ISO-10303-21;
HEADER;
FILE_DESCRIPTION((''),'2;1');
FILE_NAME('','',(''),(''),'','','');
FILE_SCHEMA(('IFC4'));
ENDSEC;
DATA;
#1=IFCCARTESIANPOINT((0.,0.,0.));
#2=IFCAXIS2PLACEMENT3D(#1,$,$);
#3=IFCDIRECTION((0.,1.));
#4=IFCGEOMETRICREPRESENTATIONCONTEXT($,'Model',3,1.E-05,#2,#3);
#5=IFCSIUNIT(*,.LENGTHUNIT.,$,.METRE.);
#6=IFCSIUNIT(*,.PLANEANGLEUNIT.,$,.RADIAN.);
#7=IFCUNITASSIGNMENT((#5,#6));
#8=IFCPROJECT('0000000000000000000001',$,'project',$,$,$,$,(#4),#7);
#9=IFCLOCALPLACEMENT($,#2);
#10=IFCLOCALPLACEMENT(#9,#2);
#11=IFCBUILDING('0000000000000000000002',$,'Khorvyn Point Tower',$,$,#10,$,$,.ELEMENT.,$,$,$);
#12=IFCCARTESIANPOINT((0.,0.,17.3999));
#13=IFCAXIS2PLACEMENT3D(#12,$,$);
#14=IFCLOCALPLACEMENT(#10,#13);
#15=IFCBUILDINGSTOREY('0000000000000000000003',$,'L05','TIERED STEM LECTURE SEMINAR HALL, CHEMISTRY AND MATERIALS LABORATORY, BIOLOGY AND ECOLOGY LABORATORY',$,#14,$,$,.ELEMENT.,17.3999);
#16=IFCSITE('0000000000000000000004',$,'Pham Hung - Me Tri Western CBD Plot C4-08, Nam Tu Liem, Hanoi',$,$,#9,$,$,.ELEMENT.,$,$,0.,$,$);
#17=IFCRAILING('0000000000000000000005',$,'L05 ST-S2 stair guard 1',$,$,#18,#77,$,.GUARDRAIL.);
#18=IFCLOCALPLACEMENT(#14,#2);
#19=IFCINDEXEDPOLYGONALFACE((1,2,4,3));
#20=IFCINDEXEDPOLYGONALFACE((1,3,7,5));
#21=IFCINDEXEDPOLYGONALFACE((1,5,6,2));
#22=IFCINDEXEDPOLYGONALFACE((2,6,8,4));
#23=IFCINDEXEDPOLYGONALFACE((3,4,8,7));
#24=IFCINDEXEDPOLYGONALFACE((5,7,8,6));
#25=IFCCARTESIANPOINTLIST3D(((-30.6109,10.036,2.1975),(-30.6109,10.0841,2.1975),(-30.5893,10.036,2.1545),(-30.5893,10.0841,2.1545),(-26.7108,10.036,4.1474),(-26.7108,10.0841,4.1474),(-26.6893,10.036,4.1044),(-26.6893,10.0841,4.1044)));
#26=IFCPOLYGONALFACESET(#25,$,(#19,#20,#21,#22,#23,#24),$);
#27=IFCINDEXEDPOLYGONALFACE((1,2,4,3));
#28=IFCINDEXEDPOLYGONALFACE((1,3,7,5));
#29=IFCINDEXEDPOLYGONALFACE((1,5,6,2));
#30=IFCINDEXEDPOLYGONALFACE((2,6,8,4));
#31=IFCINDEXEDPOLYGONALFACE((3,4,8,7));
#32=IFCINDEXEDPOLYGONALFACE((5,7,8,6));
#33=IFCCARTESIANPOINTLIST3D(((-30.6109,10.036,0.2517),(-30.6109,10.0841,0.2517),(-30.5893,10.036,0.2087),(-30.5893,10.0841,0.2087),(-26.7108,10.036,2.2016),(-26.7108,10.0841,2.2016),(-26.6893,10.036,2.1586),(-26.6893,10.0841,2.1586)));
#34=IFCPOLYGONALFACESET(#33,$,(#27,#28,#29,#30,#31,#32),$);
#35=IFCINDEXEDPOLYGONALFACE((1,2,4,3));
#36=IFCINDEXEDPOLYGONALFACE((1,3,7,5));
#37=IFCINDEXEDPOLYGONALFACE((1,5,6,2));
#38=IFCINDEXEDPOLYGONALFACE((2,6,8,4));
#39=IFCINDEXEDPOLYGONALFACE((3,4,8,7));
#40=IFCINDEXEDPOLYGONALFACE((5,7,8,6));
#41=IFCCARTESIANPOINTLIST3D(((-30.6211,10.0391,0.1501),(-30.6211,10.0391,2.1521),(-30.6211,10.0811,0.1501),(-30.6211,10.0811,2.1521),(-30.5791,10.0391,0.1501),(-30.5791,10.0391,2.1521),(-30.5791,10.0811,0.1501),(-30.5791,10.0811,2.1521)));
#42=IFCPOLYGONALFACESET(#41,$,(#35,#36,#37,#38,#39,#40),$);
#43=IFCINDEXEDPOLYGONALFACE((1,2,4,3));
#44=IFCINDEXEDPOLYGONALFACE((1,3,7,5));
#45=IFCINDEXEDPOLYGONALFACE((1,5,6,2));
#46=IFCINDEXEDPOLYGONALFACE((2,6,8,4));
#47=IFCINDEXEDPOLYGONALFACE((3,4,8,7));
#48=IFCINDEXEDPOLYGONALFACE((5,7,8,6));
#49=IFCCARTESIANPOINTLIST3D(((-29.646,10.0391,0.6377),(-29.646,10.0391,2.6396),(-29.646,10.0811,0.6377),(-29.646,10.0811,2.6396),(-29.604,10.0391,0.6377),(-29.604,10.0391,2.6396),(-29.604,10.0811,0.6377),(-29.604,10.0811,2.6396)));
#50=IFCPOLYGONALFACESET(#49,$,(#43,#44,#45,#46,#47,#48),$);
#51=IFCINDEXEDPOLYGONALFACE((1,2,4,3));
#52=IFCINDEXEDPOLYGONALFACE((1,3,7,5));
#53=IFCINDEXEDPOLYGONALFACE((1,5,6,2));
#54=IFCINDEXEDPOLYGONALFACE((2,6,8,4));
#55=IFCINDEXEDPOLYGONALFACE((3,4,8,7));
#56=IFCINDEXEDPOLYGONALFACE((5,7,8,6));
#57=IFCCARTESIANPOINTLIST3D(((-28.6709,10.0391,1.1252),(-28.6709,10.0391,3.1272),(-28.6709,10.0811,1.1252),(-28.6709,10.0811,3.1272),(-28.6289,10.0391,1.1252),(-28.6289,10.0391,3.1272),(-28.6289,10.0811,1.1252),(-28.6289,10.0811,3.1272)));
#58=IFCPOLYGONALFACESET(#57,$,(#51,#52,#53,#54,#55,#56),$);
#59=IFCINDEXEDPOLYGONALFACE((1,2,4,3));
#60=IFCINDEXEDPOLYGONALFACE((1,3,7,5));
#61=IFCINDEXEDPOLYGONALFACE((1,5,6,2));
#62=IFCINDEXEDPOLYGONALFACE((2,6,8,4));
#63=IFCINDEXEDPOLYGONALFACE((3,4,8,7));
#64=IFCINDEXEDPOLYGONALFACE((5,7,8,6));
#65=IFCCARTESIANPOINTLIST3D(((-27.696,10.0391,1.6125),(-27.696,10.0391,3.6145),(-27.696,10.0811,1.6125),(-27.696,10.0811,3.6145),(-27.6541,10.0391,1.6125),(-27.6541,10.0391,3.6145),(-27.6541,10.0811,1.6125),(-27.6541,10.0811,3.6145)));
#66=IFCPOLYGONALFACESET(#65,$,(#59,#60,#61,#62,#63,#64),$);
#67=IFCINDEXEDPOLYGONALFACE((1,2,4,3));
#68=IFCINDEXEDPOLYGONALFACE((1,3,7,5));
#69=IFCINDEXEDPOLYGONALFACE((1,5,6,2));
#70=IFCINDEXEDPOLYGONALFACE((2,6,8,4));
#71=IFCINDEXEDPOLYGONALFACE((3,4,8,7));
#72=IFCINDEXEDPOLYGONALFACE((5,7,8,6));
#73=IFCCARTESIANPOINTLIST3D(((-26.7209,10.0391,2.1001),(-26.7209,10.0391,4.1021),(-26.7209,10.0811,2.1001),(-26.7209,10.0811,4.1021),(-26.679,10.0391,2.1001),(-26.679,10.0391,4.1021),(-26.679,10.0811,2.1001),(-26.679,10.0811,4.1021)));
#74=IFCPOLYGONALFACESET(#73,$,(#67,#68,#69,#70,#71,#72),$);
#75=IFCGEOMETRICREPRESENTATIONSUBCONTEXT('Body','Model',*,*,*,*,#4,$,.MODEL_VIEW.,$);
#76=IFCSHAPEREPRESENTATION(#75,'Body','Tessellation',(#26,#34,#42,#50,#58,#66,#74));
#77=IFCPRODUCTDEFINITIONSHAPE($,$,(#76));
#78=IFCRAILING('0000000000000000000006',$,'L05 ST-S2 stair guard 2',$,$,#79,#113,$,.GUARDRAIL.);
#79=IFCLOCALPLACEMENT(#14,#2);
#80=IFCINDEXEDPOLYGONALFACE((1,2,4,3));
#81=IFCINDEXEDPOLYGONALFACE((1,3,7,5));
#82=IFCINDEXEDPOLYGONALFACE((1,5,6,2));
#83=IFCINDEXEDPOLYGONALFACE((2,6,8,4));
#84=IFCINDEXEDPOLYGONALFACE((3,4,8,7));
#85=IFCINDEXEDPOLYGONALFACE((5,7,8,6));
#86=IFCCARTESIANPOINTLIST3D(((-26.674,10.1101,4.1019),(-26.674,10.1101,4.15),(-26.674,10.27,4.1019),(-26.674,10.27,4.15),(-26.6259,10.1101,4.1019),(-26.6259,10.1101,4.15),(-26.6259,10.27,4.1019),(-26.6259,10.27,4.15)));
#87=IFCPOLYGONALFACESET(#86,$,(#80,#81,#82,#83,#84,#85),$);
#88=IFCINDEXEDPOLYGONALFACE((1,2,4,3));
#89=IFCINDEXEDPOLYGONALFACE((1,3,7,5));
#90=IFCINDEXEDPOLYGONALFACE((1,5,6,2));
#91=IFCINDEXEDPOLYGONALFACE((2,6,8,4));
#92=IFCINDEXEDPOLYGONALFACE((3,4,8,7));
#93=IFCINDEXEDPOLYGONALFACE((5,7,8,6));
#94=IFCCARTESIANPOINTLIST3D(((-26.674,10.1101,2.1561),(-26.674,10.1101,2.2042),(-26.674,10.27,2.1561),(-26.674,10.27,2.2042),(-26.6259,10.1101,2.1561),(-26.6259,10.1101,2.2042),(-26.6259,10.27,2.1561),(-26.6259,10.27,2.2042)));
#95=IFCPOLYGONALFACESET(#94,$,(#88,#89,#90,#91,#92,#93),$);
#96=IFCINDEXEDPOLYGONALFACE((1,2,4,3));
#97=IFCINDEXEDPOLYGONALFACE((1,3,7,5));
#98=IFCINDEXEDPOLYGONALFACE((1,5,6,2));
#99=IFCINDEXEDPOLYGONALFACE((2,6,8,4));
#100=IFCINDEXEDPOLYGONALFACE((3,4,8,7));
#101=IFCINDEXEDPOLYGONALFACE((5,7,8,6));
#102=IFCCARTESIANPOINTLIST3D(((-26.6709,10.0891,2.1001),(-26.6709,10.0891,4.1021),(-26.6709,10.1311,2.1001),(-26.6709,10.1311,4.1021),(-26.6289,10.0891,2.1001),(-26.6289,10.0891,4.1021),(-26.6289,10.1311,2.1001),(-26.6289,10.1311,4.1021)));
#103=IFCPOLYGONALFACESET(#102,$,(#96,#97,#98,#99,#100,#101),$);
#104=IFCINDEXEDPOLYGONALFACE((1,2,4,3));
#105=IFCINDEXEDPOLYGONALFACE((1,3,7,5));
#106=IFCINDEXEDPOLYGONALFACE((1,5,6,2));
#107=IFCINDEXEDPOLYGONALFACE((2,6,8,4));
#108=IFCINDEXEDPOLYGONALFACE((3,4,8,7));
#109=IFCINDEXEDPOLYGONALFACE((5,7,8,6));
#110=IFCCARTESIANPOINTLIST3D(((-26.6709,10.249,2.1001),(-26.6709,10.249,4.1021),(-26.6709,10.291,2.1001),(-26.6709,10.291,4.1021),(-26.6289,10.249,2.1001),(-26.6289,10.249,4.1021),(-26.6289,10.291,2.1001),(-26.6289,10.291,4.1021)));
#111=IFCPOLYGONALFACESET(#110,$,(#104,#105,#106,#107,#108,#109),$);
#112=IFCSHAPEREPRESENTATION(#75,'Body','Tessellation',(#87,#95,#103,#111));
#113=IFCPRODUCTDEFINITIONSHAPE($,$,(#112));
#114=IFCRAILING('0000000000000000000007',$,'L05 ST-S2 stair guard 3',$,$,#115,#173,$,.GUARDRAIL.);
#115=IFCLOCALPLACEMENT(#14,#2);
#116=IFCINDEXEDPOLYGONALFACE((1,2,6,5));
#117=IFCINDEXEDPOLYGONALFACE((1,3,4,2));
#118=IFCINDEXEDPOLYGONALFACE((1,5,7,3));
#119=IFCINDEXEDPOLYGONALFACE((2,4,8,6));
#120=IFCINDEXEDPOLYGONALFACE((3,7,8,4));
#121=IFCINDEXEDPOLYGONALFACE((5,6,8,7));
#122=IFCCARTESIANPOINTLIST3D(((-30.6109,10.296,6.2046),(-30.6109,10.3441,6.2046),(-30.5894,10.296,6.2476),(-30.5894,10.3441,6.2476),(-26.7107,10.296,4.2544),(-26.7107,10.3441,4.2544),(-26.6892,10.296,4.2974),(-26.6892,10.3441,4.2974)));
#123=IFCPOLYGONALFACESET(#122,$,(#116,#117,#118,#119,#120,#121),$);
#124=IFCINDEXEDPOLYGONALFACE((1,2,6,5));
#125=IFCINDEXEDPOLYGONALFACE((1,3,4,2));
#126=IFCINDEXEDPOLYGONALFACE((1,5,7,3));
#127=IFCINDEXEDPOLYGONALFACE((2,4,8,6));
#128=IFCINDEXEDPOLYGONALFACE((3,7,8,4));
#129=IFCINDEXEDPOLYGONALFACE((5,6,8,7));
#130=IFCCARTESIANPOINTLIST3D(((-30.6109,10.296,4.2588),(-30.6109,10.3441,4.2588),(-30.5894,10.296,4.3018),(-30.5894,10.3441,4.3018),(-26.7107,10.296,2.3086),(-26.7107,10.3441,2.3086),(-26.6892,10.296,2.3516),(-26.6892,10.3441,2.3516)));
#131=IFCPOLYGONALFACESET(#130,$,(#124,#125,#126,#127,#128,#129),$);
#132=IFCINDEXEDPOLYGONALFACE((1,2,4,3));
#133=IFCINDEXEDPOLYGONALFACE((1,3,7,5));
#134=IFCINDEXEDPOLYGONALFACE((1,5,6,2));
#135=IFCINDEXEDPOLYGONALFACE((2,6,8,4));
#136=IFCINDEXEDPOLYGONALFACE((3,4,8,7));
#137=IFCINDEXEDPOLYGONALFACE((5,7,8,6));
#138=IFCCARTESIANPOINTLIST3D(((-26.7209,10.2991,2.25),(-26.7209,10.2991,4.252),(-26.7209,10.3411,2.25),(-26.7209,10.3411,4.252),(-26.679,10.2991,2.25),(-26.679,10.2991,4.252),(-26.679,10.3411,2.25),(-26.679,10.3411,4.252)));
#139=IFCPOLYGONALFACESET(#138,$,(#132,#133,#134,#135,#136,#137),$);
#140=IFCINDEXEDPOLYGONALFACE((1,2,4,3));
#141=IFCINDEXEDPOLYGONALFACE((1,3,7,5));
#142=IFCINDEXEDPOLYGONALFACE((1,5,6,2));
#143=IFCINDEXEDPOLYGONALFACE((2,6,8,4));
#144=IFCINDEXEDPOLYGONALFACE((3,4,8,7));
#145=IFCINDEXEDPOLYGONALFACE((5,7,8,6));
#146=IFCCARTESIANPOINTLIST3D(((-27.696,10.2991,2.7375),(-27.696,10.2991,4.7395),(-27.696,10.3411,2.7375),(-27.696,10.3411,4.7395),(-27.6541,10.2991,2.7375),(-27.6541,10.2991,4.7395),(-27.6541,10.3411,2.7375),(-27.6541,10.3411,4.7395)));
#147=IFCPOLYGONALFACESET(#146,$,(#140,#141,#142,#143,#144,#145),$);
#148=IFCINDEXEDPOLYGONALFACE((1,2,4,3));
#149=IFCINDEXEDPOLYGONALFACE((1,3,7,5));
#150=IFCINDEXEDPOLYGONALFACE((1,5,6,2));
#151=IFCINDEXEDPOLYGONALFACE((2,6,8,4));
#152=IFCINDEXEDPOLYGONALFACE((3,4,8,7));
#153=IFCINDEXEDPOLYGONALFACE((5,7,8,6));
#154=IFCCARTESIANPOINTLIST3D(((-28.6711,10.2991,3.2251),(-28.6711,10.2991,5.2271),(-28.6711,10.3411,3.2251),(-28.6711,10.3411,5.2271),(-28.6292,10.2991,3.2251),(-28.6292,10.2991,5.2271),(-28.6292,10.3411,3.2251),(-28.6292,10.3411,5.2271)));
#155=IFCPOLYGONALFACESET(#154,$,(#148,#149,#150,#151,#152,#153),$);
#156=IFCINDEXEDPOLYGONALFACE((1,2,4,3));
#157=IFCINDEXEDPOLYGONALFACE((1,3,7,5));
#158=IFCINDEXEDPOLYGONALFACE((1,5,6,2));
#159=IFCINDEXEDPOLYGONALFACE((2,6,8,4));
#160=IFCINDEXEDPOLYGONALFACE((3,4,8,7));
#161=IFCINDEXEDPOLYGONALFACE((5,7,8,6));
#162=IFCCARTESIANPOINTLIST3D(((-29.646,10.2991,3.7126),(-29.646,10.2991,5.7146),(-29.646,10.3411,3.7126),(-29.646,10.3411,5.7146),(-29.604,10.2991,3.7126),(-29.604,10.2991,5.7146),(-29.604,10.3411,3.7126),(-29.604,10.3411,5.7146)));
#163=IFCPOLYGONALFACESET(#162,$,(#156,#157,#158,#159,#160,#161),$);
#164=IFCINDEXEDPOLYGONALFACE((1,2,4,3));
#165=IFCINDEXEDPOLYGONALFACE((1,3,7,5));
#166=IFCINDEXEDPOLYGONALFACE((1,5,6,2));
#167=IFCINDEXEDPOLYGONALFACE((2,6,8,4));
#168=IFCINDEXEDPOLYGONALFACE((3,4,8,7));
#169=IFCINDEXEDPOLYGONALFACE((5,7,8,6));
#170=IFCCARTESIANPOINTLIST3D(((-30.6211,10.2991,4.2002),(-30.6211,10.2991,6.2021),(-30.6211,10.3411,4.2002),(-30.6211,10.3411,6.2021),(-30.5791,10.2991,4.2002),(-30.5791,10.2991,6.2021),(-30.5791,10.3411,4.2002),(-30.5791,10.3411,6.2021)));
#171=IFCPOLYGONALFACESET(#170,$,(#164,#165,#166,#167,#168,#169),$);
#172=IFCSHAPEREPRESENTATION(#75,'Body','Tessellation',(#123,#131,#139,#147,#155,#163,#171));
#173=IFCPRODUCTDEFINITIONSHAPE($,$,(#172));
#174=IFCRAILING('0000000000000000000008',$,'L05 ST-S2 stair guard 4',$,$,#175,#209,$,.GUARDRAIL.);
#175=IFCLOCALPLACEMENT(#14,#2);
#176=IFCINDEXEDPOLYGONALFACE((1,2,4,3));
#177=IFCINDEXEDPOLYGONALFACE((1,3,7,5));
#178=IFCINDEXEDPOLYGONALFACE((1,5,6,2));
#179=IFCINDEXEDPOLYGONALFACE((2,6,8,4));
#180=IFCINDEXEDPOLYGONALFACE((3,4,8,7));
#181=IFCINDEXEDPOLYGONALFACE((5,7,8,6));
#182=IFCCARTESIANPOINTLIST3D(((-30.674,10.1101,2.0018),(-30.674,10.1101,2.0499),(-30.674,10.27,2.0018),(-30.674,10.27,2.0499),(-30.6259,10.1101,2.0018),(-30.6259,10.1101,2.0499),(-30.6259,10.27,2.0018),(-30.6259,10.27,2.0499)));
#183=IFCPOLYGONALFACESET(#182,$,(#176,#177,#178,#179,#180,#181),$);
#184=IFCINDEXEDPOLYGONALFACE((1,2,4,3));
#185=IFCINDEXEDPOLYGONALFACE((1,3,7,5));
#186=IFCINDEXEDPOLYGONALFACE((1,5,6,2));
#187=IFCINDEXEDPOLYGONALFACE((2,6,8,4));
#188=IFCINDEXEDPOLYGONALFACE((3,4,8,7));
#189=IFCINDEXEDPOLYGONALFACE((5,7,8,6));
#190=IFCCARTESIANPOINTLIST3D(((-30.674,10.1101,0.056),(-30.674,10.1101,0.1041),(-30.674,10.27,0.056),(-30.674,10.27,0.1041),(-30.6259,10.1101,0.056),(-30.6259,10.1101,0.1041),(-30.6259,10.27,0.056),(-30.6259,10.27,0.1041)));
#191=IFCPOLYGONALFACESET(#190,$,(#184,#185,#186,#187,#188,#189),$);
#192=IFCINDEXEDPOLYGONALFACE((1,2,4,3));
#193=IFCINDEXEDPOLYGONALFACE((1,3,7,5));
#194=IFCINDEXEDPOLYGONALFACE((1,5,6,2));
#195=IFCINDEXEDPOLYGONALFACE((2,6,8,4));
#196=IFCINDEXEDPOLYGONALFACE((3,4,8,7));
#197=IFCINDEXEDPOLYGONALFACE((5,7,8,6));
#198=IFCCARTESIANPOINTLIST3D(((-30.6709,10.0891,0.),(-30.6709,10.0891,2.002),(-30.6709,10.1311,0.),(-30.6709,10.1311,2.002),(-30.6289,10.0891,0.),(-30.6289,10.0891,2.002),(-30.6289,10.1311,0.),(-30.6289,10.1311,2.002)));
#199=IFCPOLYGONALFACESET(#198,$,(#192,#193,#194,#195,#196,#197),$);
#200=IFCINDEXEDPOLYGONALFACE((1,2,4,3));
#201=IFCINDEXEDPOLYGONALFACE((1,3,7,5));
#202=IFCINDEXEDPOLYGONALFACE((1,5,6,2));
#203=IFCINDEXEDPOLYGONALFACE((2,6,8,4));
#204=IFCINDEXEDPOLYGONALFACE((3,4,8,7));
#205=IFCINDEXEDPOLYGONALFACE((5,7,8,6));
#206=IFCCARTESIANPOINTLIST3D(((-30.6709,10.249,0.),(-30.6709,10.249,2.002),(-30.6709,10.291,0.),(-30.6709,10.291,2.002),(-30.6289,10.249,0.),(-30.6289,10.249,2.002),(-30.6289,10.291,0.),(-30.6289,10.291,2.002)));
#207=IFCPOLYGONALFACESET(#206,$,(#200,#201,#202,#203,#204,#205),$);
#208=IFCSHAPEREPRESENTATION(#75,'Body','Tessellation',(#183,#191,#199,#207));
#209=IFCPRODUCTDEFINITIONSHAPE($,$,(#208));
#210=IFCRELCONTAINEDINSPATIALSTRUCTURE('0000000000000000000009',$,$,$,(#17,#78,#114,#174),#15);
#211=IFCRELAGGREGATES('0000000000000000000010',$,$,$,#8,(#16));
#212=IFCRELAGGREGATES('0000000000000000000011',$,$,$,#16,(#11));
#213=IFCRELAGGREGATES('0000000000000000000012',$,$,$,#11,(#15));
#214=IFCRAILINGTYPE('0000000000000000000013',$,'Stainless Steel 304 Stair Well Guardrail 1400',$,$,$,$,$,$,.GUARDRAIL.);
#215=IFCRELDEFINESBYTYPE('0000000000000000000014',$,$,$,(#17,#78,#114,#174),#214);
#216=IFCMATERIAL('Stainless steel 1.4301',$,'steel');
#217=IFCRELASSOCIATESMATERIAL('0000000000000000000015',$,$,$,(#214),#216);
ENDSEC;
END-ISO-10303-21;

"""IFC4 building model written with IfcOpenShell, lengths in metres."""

from ifc_helpers import new_model, si_unit, direction, frame, origin, origin_2d, place, context, subcontext, project, spatial, rectangle, extrude, material, type_object, element, save


model = new_model("IFC4")

# Units and contexts
model_context = context("Model", 3, precision=1e-05, world=origin(), true_north=direction((0.0, 1.0)))
body_context = subcontext(model_context, "Body", "Model", "MODEL_VIEW")
ifc_project = project(units=[si_unit("LENGTHUNIT", "METRE"), si_unit("PLANEANGLEUNIT", "RADIAN")], contexts=[model_context])

# Site, building, storey
site_placement = place(None, origin())
site = spatial("IfcSite", under=ifc_project, at=site_placement, Name="Pham Hung - Me Tri Western CBD Plot C4-08, Nam Tu Liem, Hanoi", CompositionType="ELEMENT", RefElevation=0.0)
building_placement = place(site_placement, origin())
building = spatial("IfcBuilding", under=site, at=building_placement, Name="Khorvyn Point Tower", CompositionType="ELEMENT")
storey_placement = place(building_placement, frame((0.0, 0.0, 17.3999)))
storey = spatial("IfcBuildingStorey", under=building, at=storey_placement, Name="L05", Description="TIERED STEM LECTURE SEMINAR HALL, CHEMISTRY AND MATERIALS LABORATORY, BIOLOGY AND ECOLOGY LABORATORY", CompositionType="ELEMENT", Elevation=17.3999)

# Railings
ifc_material_1 = material(Name="Stainless steel 1.4301", Category="steel")
railing_type_1 = type_object("IfcRailingType", Name="Stainless Steel 304 Stair Well Guardrail 1400", PredefinedType="GUARDRAIL", material=ifc_material_1)
railing_1_placement = place(storey_placement, frame((-30.6001, 10.0601, 0.1501)))
element("IfcRailing", 1, at=railing_1_placement, inside=storey, type_object=railing_type_1, Name="L05 ST-S2 stair guard 1", PredefinedType="GUARDRAIL", context=body_context, shape_type="SweptSolid", body=[
    extrude(rectangle(XDim=0.0481, YDim=0.0481, at=origin_2d()), frame((0.0, 0.0, 2.0259), z_axis=(0.894438, 0.0, 0.447191), x_axis=(0.0, 1.0, 0.0)), (0.0, 0.0, 1.0), 4.3604),
    extrude(rectangle(XDim=0.0481, YDim=0.0481, at=origin_2d()), frame((0.0, 0.0, 0.0801), z_axis=(0.894438, 0.0, 0.447191), x_axis=(0.0, 1.0, 0.0)), (0.0, 0.0, 1.0), 4.3604),
    extrude(rectangle(XDim=0.042, YDim=0.042, at=origin_2d()), origin(), (0.0, 0.0, 1.0), 2.002),
    extrude(rectangle(XDim=0.042, YDim=0.042, at=origin_2d()), frame((0.9751, 0.0, 0.4875)), (0.0, 0.0, 1.0), 2.002),
    extrude(rectangle(XDim=0.042, YDim=0.042, at=origin_2d()), frame((1.9502, 0.0, 0.9751)), (0.0, 0.0, 1.0), 2.002),
    extrude(rectangle(XDim=0.042, YDim=0.042, at=origin_2d()), frame((2.925, 0.0, 1.4624)), (0.0, 0.0, 1.0), 2.002),
    extrude(rectangle(XDim=0.042, YDim=0.042, at=origin_2d()), frame((3.9001, 0.0, 1.95)), (0.0, 0.0, 1.0), 2.002),
])
railing_2_placement = place(storey_placement, frame((-26.6499, 10.1101, 2.1001)))
element("IfcRailing", 2, at=railing_2_placement, inside=storey, type_object=railing_type_1, Name="L05 ST-S2 stair guard 2", PredefinedType="GUARDRAIL", context=body_context, shape_type="SweptSolid", body=[
    extrude(rectangle(XDim=0.0481, YDim=0.0481, at=origin_2d()), frame((0.0, 0.0, 2.0259), z_axis=(0.0, 1.0, 0.0), x_axis=(-1.0, 0.0, 0.0)), (0.0, 0.0, 1.0), 0.1599),
    extrude(rectangle(XDim=0.0481, YDim=0.0481, at=origin_2d()), frame((0.0, 0.0, 0.0801), z_axis=(0.0, 1.0, 0.0), x_axis=(-1.0, 0.0, 0.0)), (0.0, 0.0, 1.0), 0.1599),
    extrude(rectangle(XDim=0.042, YDim=0.042, at=origin_2d()), origin(), (0.0, 0.0, 1.0), 2.002),
    extrude(rectangle(XDim=0.042, YDim=0.042, at=origin_2d()), frame((0.0, 0.1599, 0.0)), (0.0, 0.0, 1.0), 2.002),
])
railing_3_placement = place(storey_placement, frame((-26.7, 10.3201, 2.25)))
element("IfcRailing", 3, at=railing_3_placement, inside=storey, type_object=railing_type_1, Name="L05 ST-S2 stair guard 3", PredefinedType="GUARDRAIL", context=body_context, shape_type="SweptSolid", body=[
    extrude(rectangle(XDim=0.0481, YDim=0.0481, at=origin_2d()), frame((0.0, 0.0, 2.0259), z_axis=(-0.894416, 0.0, 0.447236), x_axis=(0.0, -1.0, 0.0)), (0.0, 0.0, 1.0), 4.3606),
    extrude(rectangle(XDim=0.0481, YDim=0.0481, at=origin_2d()), frame((0.0, 0.0, 0.0801), z_axis=(-0.894416, 0.0, 0.447236), x_axis=(0.0, -1.0, 0.0)), (0.0, 0.0, 1.0), 4.3606),
    extrude(rectangle(XDim=0.042, YDim=0.042, at=origin_2d()), origin(), (0.0, 0.0, 1.0), 2.002),
    extrude(rectangle(XDim=0.042, YDim=0.042, at=origin_2d()), frame((-0.9751, 0.0, 0.4875)), (0.0, 0.0, 1.0), 2.002),
    extrude(rectangle(XDim=0.042, YDim=0.042, at=origin_2d()), frame((-1.9502, 0.0, 0.9751)), (0.0, 0.0, 1.0), 2.002),
    extrude(rectangle(XDim=0.042, YDim=0.042, at=origin_2d()), frame((-2.925, 0.0, 1.4626)), (0.0, 0.0, 1.0), 2.002),
    extrude(rectangle(XDim=0.042, YDim=0.042, at=origin_2d()), frame((-3.9001, 0.0, 1.9502)), (0.0, 0.0, 1.0), 2.002),
])
railing_4_placement = place(storey_placement, frame((-30.6499, 10.1101, 0.0)))
element("IfcRailing", 4, at=railing_4_placement, inside=storey, type_object=railing_type_1, Name="L05 ST-S2 stair guard 4", PredefinedType="GUARDRAIL", context=body_context, shape_type="SweptSolid", body=[
    extrude(rectangle(XDim=0.0481, YDim=0.0481, at=origin_2d()), frame((0.0, 0.0, 2.0259), z_axis=(0.0, 1.0, 0.0), x_axis=(-1.0, 0.0, 0.0)), (0.0, 0.0, 1.0), 0.1599),
    extrude(rectangle(XDim=0.0481, YDim=0.0481, at=origin_2d()), frame((0.0, 0.0, 0.0801), z_axis=(0.0, 1.0, 0.0), x_axis=(-1.0, 0.0, 0.0)), (0.0, 0.0, 1.0), 0.1599),
    extrude(rectangle(XDim=0.042, YDim=0.042, at=origin_2d()), origin(), (0.0, 0.0, 1.0), 2.002),
    extrude(rectangle(XDim=0.042, YDim=0.042, at=origin_2d()), frame((0.0, 0.1599, 0.0)), (0.0, 0.0, 1.0), 2.002),
])

save(model, "model.ifc")
